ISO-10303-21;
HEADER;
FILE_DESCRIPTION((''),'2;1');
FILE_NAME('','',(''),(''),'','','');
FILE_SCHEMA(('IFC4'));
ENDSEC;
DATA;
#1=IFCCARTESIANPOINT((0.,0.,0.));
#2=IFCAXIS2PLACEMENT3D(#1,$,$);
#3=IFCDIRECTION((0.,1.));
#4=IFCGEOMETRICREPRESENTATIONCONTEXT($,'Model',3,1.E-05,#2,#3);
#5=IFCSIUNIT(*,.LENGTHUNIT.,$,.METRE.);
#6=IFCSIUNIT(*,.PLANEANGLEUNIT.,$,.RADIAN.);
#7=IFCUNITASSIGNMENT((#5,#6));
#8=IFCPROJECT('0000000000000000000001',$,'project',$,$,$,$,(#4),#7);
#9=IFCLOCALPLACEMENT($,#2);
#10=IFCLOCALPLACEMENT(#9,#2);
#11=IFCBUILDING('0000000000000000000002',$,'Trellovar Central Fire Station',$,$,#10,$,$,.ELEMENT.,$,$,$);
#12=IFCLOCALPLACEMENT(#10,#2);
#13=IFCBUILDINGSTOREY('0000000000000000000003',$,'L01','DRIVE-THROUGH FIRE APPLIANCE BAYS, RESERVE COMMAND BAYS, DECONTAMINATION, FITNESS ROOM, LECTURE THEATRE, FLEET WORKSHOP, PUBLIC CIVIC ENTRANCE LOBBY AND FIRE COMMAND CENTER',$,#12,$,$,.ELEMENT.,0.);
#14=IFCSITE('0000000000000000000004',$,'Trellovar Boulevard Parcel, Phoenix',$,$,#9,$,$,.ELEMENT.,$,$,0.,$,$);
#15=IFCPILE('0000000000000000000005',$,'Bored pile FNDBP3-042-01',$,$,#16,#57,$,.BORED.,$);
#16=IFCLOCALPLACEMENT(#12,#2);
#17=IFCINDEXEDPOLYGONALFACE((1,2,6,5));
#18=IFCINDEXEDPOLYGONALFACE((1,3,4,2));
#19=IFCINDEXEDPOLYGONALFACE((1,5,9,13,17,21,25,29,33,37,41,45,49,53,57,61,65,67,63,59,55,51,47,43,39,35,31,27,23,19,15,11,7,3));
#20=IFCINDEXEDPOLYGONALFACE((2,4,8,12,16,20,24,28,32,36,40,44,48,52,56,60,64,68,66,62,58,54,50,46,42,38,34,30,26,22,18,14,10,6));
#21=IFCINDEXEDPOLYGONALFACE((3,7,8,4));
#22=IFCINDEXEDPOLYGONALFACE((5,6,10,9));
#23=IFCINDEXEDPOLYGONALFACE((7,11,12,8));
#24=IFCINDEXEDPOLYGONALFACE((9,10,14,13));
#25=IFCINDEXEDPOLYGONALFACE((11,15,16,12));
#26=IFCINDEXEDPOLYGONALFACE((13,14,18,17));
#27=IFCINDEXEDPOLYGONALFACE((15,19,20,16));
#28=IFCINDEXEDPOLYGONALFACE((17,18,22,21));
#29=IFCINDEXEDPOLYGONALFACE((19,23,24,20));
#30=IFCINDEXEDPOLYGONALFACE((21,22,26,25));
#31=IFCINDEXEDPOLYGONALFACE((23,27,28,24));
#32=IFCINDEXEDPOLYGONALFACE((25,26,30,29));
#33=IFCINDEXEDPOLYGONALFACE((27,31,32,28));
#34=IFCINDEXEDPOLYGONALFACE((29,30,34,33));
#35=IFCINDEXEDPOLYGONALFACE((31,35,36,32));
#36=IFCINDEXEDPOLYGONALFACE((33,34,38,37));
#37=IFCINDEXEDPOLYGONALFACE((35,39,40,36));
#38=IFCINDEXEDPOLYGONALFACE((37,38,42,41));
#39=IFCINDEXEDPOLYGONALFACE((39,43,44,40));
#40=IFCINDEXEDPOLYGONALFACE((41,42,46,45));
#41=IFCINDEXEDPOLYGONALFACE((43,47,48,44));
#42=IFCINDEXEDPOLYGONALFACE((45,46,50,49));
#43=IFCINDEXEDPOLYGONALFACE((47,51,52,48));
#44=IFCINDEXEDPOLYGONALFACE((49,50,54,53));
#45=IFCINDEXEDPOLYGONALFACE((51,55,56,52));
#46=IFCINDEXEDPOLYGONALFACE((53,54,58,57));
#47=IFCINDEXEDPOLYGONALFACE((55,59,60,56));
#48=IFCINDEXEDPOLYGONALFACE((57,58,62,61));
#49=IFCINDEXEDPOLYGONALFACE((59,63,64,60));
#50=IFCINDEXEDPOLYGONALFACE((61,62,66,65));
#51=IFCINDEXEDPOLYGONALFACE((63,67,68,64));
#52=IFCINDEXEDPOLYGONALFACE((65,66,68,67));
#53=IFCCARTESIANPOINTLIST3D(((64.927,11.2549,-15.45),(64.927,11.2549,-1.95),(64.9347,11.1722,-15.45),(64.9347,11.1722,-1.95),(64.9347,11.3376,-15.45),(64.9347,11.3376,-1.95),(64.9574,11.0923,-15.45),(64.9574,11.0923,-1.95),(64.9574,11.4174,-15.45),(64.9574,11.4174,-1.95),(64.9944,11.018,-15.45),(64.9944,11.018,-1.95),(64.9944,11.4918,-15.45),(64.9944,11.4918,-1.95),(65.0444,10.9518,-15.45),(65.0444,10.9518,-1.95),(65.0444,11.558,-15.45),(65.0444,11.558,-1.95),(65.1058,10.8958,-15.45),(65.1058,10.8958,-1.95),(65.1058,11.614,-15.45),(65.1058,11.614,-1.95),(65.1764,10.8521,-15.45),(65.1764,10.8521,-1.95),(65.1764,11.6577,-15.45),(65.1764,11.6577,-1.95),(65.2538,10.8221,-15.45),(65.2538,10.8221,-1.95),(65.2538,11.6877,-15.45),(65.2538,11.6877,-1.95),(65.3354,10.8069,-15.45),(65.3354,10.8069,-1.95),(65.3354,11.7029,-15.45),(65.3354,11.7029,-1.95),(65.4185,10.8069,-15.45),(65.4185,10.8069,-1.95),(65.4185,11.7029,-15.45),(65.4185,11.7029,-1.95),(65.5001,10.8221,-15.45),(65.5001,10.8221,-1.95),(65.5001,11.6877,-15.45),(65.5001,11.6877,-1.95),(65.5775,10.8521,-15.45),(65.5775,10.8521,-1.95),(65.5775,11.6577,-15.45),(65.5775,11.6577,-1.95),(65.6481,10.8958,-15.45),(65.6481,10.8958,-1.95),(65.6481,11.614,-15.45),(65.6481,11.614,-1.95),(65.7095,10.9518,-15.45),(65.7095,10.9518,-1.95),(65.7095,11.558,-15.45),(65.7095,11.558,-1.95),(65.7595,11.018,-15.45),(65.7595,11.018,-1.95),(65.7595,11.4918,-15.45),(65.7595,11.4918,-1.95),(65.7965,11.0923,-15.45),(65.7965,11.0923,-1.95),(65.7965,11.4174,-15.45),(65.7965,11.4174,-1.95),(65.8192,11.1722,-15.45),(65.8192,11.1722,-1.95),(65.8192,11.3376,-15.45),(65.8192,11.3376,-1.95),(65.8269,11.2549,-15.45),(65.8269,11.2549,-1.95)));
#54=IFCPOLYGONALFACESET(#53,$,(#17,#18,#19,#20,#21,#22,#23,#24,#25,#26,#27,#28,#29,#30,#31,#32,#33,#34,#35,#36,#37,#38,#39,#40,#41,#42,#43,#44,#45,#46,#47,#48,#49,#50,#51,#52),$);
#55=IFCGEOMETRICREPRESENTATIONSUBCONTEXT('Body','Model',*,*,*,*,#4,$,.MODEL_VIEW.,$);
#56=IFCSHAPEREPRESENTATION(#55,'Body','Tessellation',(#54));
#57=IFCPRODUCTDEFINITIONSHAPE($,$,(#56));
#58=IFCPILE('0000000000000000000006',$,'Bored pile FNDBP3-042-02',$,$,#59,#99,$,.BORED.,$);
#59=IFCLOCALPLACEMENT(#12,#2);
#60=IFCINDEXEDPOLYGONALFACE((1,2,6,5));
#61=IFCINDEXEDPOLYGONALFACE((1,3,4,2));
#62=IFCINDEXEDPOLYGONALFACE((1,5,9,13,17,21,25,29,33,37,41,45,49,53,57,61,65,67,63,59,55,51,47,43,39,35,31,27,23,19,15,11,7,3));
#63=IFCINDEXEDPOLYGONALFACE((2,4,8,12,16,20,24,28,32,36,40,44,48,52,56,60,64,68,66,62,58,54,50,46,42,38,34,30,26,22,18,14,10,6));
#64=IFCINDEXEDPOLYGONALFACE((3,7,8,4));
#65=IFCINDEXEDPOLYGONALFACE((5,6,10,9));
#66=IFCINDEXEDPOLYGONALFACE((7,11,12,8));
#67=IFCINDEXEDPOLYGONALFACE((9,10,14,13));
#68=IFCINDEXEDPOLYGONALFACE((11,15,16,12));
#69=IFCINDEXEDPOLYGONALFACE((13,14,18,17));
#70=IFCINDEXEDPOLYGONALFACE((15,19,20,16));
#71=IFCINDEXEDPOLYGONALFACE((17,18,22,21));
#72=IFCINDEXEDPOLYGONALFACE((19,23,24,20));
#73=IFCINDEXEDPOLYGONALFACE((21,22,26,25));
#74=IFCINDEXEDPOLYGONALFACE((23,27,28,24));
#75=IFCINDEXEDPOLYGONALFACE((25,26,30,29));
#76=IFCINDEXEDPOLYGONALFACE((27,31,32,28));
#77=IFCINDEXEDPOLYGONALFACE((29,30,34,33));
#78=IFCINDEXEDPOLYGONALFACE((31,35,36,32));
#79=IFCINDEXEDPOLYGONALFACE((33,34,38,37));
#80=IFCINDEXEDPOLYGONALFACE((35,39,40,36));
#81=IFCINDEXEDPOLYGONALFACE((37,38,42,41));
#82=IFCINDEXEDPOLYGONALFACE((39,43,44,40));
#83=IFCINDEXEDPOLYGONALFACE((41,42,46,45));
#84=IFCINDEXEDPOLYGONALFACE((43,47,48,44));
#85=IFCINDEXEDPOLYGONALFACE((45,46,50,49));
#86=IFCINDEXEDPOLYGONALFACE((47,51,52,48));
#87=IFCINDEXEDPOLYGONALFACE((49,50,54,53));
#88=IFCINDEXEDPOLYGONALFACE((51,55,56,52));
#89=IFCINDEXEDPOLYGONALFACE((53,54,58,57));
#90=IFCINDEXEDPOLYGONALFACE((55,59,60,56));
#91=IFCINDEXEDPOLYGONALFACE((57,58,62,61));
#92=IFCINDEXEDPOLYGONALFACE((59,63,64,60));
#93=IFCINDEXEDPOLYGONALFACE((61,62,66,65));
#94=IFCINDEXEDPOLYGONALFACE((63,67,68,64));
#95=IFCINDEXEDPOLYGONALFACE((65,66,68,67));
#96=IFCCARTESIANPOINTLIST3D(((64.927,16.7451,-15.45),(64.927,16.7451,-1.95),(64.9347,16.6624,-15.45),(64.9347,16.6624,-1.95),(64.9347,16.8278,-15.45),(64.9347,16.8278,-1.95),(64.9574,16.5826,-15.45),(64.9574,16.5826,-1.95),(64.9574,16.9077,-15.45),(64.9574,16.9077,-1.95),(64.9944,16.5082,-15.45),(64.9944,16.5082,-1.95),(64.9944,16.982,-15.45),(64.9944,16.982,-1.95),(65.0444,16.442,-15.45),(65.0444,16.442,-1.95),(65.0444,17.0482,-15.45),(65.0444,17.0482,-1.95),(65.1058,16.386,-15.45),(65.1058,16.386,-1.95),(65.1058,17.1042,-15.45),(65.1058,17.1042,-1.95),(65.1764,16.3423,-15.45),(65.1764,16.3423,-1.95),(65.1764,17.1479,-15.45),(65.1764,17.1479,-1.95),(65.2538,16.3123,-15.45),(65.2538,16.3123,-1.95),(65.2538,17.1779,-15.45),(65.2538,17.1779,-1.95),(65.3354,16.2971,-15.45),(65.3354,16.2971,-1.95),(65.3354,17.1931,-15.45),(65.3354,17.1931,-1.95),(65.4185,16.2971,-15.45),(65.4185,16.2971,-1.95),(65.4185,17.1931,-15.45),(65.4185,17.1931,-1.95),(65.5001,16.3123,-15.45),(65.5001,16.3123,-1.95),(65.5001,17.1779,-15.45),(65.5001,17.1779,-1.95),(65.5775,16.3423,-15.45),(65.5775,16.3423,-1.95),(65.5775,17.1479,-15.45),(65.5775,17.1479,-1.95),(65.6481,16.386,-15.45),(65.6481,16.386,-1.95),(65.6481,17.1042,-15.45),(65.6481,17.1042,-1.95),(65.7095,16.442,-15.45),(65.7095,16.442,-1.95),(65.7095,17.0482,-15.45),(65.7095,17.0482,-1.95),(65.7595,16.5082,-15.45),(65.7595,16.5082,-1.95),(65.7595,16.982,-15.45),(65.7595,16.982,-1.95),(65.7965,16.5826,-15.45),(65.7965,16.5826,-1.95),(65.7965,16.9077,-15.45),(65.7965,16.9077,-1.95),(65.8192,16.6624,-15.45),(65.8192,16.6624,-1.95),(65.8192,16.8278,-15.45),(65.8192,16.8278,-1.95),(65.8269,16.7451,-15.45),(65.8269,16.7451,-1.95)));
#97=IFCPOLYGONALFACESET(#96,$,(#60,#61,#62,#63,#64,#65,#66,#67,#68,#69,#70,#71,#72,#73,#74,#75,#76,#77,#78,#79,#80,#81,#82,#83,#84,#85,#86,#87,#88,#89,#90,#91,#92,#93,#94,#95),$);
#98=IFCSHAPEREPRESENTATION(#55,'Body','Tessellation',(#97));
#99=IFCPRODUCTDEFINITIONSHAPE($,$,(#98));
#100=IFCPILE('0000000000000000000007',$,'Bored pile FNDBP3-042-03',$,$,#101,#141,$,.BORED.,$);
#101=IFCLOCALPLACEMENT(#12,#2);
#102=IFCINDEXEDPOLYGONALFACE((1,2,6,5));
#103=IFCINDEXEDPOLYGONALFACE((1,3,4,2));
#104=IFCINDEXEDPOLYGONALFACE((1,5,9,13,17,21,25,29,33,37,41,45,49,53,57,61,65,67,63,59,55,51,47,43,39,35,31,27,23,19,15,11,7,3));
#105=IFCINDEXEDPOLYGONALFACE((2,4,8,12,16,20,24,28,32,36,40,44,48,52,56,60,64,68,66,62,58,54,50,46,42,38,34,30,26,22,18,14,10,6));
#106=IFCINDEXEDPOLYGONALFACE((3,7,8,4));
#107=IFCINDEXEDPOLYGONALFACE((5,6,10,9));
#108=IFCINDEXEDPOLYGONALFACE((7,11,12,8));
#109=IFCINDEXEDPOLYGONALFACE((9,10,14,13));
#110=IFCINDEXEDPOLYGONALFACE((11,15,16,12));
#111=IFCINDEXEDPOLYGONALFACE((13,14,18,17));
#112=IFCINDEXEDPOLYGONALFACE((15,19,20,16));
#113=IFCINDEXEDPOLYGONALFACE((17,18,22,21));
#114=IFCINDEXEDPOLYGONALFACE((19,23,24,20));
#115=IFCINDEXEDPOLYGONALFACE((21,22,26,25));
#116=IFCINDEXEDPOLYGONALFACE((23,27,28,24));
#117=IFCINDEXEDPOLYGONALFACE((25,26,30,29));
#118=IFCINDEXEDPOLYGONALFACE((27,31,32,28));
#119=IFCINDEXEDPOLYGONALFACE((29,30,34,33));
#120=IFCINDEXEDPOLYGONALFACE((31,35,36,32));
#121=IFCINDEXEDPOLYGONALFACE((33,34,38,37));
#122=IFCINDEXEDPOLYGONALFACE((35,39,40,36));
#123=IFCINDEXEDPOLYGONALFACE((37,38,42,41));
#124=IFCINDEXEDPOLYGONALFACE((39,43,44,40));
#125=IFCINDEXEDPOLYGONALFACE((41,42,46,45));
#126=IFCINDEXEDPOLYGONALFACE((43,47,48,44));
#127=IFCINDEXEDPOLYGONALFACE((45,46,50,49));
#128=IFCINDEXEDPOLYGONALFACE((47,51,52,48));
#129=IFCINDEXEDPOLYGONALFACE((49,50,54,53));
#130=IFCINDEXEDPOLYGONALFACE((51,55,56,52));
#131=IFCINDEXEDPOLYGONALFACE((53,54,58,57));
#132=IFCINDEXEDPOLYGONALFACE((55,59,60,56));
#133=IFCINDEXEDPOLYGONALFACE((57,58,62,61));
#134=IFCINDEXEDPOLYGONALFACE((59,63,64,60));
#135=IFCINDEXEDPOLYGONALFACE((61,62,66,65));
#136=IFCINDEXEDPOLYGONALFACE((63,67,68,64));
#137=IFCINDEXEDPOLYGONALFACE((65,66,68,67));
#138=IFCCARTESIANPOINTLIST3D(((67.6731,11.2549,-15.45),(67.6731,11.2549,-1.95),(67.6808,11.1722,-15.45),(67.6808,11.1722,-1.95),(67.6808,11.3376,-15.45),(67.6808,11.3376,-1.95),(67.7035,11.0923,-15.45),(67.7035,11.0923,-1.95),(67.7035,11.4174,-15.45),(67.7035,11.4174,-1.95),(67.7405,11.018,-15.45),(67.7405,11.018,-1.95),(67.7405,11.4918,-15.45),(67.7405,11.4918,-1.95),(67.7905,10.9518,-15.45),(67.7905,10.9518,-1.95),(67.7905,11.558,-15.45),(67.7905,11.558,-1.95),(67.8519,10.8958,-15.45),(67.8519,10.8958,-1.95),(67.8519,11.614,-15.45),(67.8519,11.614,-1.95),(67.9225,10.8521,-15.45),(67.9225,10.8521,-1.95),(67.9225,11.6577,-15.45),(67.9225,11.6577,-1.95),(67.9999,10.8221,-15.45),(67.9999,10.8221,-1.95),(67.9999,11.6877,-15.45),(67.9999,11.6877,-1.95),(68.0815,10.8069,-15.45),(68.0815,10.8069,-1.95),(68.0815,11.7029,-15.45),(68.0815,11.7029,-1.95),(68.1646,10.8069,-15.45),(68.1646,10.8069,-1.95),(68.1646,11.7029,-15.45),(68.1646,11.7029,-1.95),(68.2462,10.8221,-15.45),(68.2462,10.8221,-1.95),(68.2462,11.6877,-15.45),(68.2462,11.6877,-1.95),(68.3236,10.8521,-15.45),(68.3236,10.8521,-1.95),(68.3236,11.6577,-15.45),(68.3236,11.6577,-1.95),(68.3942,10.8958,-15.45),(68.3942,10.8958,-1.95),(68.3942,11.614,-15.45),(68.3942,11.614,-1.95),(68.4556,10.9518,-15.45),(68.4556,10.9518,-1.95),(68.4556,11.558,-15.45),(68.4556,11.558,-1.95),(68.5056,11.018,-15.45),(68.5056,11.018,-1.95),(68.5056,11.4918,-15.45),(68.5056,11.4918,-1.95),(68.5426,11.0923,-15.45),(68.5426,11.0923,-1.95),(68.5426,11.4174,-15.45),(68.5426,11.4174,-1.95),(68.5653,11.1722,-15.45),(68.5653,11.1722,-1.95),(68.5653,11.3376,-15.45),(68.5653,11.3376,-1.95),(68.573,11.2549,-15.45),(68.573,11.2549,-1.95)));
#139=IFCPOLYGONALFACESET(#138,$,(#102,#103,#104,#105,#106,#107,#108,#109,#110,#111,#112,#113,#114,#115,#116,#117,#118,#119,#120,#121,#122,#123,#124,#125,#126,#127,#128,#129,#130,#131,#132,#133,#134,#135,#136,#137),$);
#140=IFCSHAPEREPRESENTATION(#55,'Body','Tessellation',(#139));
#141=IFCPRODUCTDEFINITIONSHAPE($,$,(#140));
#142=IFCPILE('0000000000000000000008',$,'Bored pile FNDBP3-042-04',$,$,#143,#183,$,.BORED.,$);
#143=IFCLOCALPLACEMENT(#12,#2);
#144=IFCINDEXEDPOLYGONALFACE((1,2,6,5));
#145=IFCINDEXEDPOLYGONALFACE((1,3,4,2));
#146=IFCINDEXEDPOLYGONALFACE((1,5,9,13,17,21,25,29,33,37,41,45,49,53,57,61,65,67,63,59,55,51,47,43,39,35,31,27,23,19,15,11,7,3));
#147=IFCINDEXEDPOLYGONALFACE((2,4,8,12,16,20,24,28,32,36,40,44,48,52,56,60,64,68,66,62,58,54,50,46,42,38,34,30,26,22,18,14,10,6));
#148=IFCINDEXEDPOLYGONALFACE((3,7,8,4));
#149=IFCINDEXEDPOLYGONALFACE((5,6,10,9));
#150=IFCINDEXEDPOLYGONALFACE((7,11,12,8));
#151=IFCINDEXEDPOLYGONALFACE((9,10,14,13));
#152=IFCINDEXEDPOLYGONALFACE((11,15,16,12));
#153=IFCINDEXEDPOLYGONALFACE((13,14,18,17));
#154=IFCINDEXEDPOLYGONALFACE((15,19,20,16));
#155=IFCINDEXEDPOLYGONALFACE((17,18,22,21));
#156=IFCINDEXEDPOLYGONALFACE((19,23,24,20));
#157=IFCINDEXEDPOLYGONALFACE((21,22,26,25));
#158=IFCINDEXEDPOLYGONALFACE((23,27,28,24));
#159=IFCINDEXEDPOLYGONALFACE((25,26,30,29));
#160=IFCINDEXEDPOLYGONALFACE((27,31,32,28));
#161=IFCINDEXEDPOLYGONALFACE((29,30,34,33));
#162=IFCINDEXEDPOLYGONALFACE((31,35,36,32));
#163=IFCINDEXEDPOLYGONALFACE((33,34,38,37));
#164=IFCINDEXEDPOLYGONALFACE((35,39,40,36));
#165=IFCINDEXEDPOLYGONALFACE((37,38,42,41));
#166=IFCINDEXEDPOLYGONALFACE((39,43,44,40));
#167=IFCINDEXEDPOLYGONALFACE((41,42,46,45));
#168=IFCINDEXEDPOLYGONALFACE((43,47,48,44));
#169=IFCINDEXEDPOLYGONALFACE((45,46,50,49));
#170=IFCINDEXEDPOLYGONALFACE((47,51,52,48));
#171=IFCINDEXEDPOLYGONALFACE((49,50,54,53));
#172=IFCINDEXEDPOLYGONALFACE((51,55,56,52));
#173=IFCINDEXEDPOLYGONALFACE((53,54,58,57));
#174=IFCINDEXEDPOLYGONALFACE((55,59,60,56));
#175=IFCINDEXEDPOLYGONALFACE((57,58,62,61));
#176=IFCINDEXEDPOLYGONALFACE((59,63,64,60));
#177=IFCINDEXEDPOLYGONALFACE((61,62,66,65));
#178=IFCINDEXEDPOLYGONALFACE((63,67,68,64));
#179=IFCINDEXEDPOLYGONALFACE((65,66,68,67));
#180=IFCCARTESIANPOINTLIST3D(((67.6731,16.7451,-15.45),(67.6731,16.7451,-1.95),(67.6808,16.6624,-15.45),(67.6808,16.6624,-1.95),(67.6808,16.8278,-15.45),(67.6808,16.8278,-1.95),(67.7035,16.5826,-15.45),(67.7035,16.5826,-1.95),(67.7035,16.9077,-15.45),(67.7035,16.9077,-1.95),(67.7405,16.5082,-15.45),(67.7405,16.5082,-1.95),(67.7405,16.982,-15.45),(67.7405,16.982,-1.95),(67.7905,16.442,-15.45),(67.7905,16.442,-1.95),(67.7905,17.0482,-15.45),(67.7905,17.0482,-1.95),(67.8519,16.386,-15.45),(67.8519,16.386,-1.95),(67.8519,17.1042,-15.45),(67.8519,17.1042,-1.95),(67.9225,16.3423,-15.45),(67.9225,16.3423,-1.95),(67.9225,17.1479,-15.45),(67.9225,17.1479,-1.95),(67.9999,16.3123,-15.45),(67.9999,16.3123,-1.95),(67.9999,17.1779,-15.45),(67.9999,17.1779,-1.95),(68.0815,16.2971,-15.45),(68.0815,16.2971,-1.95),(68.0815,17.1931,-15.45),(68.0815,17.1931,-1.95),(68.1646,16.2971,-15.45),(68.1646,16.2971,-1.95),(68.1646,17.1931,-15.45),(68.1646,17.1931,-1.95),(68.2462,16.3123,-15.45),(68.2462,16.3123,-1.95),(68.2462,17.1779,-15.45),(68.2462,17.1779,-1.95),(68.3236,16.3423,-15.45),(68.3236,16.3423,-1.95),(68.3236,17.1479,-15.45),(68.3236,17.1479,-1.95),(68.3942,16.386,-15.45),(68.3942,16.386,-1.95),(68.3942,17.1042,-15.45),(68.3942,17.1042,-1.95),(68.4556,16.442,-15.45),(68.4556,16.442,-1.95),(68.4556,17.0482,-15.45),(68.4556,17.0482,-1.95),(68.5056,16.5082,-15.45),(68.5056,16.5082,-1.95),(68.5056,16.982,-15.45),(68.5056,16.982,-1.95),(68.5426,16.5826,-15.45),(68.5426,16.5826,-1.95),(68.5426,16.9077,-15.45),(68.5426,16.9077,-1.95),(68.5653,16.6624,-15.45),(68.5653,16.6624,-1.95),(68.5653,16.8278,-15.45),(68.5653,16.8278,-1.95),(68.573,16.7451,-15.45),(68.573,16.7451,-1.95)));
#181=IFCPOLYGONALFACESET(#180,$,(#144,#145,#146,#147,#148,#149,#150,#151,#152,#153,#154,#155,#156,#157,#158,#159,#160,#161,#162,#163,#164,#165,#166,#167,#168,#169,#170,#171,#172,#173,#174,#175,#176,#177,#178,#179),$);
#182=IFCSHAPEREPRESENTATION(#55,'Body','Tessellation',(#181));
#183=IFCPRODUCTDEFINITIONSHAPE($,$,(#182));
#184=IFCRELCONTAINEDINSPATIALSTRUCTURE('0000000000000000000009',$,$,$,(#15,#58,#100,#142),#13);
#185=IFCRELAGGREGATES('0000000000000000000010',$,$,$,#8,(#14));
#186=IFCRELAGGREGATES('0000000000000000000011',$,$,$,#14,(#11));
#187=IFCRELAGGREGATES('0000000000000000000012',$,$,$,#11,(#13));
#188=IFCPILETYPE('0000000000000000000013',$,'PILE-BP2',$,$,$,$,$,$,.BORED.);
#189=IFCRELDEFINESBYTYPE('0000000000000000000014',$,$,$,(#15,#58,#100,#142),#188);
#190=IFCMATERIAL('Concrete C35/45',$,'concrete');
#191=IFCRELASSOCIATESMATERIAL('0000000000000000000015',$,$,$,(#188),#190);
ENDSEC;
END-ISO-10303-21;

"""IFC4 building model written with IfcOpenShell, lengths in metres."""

from ifc_helpers import new_model, si_unit, direction, frame, origin, origin_2d, place, context, subcontext, project, spatial, circle, extrude, material, material_profile, profile_set, type_object, element, save


model = new_model("IFC4")

# Units and contexts
model_context = context("Model", 3, precision=1e-05, world=origin(), true_north=direction((0.0, 1.0)))
body_context = subcontext(model_context, "Body", "Model", "MODEL_VIEW")
ifc_project = project(units=[si_unit("LENGTHUNIT", "METRE"), si_unit("PLANEANGLEUNIT", "RADIAN")], contexts=[model_context])

# Site, building, storey
site_placement = place(None, origin())
site = spatial("IfcSite", under=ifc_project, at=site_placement, Name="Trellovar Boulevard Parcel, Phoenix", CompositionType="ELEMENT", RefElevation=0.0)
building_placement = place(site_placement, origin())
building = spatial("IfcBuilding", under=site, at=building_placement, Name="Trellovar Central Fire Station", CompositionType="ELEMENT")
storey_placement = place(building_placement, origin())
storey = spatial("IfcBuildingStorey", under=building, at=storey_placement, Name="L01", Description="DRIVE-THROUGH FIRE APPLIANCE BAYS, RESERVE COMMAND BAYS, DECONTAMINATION, FITNESS ROOM, LECTURE THEATRE, FLEET WORKSHOP, PUBLIC CIVIC ENTRANCE LOBBY AND FIRE COMMAND CENTER", CompositionType="ELEMENT", Elevation=0.0)

# Piles
ifc_material_1 = material(Name="Concrete C35/45", Category="concrete")
ifc_material_profile_1 = material_profile(ifc_material_1, circle(Radius=0.45, at=origin_2d()), Name="PILE900")
ifc_profile_set_1 = profile_set([ifc_material_profile_1], Name="Concrete C35/45")
pile_type = type_object("IfcPileType", Name="PILE-BP2", PredefinedType="BORED", material=ifc_profile_set_1)
for number, where, z_axis, x_axis, name in (
    (1, (65.377, 11.2549, -1.95), (0.0, 0.0, -1.0), (1.0, 0.0, 0.0), "Bored pile FNDBP3-042-01"),
    (2, (65.377, 16.7451, -1.95), (0.0, 0.0, -1.0), (1.0, 0.0, 0.0), "Bored pile FNDBP3-042-02"),
    (3, (68.123, 11.2549, -1.95), (0.0, 0.0, -1.0), (1.0, 0.0, 0.0), "Bored pile FNDBP3-042-03"),
    (4, (68.123, 16.7451, -1.95), (0.0, 0.0, -1.0), (1.0, 0.0, 0.0), "Bored pile FNDBP3-042-04"),
):
    element("IfcPile", number, at=place(storey_placement, frame(where, z_axis=z_axis, x_axis=x_axis)), inside=storey, type_object=pile_type, Name=name, PredefinedType="BORED", context=body_context, shape_type="SweptSolid", body=[
        extrude(circle(Radius=0.45, at=origin_2d()), origin(), (0.0, 0.0, 1.0), 13.5),
    ])

save(model, "model.ifc")
